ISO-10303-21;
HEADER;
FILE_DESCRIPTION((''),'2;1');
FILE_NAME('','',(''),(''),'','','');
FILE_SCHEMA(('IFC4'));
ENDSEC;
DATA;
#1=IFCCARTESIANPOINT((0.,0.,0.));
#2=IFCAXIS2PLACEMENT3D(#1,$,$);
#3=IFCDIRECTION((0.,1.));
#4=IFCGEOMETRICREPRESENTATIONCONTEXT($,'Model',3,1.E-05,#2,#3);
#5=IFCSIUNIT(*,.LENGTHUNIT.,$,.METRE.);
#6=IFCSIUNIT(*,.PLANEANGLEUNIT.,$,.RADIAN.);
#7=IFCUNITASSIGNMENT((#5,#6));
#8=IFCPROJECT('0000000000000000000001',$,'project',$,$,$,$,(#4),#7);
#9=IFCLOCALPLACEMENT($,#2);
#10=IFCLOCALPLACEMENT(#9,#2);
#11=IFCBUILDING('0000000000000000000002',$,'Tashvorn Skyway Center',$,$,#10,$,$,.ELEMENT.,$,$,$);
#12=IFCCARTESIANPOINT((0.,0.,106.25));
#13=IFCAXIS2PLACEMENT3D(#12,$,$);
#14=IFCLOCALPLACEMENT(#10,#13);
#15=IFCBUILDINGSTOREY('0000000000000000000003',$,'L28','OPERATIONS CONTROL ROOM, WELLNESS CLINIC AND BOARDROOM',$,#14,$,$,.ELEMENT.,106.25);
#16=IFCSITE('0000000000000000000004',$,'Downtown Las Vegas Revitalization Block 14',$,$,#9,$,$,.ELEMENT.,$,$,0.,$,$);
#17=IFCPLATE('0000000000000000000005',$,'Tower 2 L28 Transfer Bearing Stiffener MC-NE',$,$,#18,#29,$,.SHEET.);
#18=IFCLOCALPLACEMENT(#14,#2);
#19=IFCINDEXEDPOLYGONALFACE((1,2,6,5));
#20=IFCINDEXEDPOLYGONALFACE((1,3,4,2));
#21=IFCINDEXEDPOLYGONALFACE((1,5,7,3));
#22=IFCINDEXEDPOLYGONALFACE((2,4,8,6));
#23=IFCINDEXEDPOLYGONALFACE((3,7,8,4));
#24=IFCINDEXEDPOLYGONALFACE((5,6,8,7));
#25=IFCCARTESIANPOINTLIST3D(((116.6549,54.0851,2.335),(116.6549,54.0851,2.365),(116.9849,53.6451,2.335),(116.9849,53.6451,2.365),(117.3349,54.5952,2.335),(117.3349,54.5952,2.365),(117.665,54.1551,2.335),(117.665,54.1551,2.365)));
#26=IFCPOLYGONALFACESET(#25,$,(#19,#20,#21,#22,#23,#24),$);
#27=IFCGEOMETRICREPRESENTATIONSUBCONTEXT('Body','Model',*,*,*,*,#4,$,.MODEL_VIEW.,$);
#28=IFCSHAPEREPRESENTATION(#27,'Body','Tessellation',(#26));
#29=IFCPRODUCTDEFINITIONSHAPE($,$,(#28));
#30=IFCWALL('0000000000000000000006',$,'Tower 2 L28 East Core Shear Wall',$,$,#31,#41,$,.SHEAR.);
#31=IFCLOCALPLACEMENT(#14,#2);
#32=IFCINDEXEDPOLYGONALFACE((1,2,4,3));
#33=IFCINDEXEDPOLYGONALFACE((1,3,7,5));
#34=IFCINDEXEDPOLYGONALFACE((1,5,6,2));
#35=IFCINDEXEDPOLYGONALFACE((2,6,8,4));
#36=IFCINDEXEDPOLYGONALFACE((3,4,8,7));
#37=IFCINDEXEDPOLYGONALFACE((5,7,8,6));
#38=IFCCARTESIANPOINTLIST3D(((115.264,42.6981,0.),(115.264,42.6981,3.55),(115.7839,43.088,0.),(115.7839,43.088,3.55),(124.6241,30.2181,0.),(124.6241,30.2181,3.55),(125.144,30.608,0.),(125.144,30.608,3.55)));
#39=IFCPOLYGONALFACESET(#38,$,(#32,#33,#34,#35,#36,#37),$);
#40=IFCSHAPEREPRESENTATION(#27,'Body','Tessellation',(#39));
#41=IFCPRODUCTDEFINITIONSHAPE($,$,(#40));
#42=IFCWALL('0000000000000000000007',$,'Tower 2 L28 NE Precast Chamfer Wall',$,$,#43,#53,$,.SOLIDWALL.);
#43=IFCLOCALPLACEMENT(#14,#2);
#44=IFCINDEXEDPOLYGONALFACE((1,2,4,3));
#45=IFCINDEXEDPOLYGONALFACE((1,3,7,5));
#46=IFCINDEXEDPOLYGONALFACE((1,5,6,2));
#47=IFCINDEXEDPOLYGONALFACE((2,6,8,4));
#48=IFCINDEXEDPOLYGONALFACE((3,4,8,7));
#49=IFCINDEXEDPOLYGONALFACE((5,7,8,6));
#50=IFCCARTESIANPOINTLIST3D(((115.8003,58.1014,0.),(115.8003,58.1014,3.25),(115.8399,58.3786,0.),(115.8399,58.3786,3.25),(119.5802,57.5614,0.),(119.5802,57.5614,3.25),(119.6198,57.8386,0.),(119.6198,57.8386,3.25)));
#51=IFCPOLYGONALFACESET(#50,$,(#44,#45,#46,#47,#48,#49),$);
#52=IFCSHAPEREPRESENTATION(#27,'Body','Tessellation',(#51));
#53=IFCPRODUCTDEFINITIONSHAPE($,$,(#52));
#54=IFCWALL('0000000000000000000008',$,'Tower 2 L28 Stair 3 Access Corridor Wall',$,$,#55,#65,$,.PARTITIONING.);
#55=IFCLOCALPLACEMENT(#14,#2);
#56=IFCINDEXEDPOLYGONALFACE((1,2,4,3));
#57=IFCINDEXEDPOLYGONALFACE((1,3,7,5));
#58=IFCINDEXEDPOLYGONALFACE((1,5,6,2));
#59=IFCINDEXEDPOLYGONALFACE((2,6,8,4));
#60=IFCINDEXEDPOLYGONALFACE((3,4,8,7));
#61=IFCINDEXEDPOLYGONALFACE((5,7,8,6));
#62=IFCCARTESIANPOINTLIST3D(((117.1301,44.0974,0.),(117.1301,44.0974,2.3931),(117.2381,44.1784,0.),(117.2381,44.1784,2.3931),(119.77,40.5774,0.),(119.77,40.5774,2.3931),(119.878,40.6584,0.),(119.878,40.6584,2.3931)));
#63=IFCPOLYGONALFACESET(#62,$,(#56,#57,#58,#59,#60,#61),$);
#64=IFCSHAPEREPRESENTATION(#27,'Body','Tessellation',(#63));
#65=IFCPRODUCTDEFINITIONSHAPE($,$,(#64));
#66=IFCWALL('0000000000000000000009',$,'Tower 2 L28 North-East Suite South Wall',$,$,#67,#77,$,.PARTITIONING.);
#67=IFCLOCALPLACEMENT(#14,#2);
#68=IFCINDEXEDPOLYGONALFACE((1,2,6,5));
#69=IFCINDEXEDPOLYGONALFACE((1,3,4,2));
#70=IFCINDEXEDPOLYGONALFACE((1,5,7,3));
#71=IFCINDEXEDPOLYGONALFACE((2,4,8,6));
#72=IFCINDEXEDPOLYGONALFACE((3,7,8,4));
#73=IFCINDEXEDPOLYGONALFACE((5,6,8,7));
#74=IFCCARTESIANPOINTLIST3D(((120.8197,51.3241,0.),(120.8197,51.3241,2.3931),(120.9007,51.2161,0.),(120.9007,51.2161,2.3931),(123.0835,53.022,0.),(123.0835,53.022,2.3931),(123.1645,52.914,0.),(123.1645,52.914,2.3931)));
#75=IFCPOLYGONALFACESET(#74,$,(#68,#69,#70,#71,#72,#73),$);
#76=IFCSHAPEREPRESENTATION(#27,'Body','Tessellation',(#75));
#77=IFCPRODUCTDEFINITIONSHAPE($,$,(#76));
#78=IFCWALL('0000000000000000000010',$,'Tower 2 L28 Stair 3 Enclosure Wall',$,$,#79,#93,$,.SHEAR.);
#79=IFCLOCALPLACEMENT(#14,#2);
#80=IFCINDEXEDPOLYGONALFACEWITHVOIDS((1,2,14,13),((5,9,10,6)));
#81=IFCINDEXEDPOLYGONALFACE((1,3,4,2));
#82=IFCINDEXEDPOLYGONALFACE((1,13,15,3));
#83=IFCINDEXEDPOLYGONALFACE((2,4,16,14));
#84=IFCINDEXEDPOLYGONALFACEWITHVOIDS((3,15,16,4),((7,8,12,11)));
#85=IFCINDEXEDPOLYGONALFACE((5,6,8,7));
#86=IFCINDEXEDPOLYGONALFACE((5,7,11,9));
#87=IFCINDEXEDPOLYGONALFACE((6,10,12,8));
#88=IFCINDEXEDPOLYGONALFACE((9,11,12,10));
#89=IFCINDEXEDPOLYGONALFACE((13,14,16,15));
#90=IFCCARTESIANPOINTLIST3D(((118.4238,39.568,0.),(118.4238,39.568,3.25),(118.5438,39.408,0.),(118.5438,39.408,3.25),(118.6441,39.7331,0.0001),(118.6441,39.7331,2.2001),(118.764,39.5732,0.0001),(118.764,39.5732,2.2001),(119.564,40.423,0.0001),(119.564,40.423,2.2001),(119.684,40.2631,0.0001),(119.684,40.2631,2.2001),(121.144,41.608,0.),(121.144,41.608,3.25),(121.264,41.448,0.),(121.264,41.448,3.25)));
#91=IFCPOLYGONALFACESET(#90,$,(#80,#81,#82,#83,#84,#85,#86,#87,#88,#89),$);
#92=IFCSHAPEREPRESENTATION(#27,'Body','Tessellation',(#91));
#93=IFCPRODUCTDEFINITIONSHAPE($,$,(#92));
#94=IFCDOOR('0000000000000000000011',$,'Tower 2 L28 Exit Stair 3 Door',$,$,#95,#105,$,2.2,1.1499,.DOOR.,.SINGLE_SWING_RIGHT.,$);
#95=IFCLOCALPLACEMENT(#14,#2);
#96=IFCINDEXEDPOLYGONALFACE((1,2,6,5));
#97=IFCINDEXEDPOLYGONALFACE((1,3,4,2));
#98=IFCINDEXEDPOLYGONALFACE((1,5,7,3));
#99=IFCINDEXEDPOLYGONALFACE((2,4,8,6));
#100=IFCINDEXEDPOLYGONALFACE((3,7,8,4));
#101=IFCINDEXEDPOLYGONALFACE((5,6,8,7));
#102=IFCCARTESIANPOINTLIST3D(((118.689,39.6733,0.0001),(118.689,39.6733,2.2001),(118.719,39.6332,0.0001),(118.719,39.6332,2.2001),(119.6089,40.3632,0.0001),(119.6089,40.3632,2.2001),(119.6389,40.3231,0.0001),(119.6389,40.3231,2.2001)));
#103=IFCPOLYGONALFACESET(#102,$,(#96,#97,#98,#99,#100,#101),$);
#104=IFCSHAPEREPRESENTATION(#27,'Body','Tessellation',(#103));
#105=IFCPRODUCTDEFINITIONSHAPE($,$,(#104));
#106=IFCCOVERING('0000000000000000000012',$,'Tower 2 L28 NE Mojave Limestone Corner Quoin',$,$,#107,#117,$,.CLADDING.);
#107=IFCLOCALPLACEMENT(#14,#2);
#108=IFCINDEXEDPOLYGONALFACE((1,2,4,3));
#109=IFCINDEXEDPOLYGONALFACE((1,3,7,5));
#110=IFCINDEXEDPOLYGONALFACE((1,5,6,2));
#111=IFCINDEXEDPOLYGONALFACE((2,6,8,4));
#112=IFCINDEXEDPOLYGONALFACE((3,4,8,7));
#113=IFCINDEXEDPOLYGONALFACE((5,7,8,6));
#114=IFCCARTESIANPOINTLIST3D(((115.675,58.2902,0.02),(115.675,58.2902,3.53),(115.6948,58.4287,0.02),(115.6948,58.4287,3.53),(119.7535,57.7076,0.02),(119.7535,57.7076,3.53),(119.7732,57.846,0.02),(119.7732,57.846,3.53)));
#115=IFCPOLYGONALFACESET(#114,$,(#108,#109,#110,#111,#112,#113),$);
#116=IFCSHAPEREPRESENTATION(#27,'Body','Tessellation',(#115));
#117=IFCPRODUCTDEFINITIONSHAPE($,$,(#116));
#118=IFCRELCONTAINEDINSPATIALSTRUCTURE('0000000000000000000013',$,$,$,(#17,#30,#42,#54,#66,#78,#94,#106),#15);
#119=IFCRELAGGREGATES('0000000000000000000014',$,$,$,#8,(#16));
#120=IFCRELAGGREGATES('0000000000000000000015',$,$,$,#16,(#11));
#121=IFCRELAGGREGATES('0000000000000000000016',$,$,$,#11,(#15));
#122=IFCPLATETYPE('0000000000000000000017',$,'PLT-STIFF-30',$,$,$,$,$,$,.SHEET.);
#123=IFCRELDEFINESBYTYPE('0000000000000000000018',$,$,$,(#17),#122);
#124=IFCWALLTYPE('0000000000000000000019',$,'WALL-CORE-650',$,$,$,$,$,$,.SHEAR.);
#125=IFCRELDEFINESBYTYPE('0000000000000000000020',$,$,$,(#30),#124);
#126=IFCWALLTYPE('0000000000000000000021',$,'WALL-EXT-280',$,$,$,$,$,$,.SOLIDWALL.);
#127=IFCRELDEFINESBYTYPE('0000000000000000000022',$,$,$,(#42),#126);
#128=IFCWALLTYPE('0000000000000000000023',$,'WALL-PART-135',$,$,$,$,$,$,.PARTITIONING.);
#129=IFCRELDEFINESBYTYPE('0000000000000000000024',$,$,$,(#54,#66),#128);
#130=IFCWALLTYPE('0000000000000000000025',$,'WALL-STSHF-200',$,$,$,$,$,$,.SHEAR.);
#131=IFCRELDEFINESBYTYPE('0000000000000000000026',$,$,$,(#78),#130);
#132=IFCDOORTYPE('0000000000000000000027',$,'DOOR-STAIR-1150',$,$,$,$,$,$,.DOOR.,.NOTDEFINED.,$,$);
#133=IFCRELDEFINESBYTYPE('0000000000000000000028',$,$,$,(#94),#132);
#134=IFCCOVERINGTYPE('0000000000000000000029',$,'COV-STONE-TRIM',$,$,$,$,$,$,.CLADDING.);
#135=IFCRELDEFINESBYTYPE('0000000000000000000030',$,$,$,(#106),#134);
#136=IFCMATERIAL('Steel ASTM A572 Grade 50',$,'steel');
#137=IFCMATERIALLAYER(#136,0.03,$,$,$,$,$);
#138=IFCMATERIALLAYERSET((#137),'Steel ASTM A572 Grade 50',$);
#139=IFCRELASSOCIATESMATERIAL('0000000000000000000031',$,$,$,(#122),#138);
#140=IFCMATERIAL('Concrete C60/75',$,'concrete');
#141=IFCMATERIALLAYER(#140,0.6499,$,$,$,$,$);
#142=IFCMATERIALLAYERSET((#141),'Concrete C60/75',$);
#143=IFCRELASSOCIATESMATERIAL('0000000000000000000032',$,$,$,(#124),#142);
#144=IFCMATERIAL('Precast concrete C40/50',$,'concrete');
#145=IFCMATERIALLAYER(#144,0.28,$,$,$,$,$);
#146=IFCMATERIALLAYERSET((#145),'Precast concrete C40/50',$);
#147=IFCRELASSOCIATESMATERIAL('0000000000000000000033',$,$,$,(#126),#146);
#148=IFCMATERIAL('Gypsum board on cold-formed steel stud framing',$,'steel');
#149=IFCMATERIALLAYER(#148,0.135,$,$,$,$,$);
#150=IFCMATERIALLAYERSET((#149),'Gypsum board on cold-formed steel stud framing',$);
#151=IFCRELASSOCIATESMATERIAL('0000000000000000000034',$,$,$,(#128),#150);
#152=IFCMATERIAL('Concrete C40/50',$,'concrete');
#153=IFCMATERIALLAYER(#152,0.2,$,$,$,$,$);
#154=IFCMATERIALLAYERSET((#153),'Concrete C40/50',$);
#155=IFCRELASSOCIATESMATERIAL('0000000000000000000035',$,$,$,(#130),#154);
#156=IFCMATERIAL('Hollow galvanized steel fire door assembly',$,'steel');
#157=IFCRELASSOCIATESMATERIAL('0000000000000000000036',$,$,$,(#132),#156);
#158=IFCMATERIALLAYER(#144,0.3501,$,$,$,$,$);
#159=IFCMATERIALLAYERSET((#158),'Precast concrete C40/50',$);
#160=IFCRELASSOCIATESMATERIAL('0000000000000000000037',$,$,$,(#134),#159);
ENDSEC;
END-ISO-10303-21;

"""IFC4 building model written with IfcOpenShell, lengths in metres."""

from ifc_helpers import new_model, si_unit, direction, frame, frame_2d, origin, origin_2d, place, context, subcontext, project, spatial, rectangle, extrude, material, layer, layer_set, type_object, element, fill, save


model = new_model("IFC4")

# Units and contexts
model_context = context("Model", 3, precision=1e-05, world=origin(), true_north=direction((0.0, 1.0)))
body_context = subcontext(model_context, "Body", "Model", "MODEL_VIEW")
ifc_project = project(units=[si_unit("LENGTHUNIT", "METRE"), si_unit("PLANEANGLEUNIT", "RADIAN")], contexts=[model_context])

# Site, building, storey
site_placement = place(None, origin())
site = spatial("IfcSite", under=ifc_project, at=site_placement, Name="Downtown Las Vegas Revitalization Block 14", CompositionType="ELEMENT", RefElevation=0.0)
building_placement = place(site_placement, origin())
building = spatial("IfcBuilding", under=site, at=building_placement, Name="Tashvorn Skyway Center", CompositionType="ELEMENT")
storey_placement = place(building_placement, frame((0.0, 0.0, 106.25)))
storey = spatial("IfcBuildingStorey", under=building, at=storey_placement, Name="L28", Description="OPERATIONS CONTROL ROOM, WELLNESS CLINIC AND BOARDROOM", CompositionType="ELEMENT", Elevation=106.25)

# Shared definitions
ifc_material_1 = material(Name="Steel ASTM A572 Grade 50", Category="steel")

# Plate
ifc_layer_1 = layer(ifc_material_1, 0.03)
ifc_layer_set_1 = layer_set([ifc_layer_1], Name="Steel ASTM A572 Grade 50")
plate_type_1 = type_object("IfcPlateType", Name="PLT-STIFF-30", PredefinedType="SHEET", material=ifc_layer_set_1)
plate_1_placement = place(storey_placement, frame((117.1599, 54.1201, 2.335), z_axis=(0.0, 0.0, 1.0), x_axis=(0.8, 0.6, 0.0)))
element("IfcPlate", 1, at=plate_1_placement, inside=storey, type_object=plate_type_1, Name="Tower 2 L28 Transfer Bearing Stiffener MC-NE", PredefinedType="SHEET", context=body_context, shape_type="SweptSolid", body=[
    extrude(rectangle(XDim=0.8501, YDim=0.55, at=origin_2d()), origin(), (0.0, 0.0, 1.0), 0.03),
])

# Walls
ifc_material_2 = material(Name="Concrete C60/75", Category="concrete")
ifc_layer_2 = layer(ifc_material_2, 0.6499)
ifc_layer_set_2 = layer_set([ifc_layer_2], Name="Concrete C60/75")
wall_type_1 = type_object("IfcWallType", Name="WALL-CORE-650", PredefinedType="SHEAR", material=ifc_layer_set_2)
wall_1_placement = place(storey_placement, frame((115.5239, 42.8931, 0.0), z_axis=(0.0, 0.0, 1.0), x_axis=(0.600005, -0.799996, 0.0)))
element("IfcWall", 2, at=wall_1_placement, inside=storey, type_object=wall_type_1, Name="Tower 2 L28 East Core Shear Wall", PredefinedType="SHEAR", context=body_context, shape_type="SweptSolid", body=[
    extrude(rectangle(XDim=15.6001, YDim=0.6499, at=frame_2d((7.8, 0.0))), origin(), (0.0, 0.0, 1.0), 3.55),
])
ifc_material_3 = material(Name="Precast concrete C40/50", Category="concrete")
ifc_layer_3 = layer(ifc_material_3, 0.28)
ifc_layer_set_3 = layer_set([ifc_layer_3], Name="Precast concrete C40/50")
wall_type_2 = type_object("IfcWallType", Name="WALL-EXT-280", PredefinedType="SOLIDWALL", material=ifc_layer_set_3)
wall_2_placement = place(storey_placement, frame((115.8201, 58.24, 0.0), z_axis=(0.0, 0.0, 1.0), x_axis=(0.989948, -0.14143, 0.0)))
element("IfcWall", 3, at=wall_2_placement, inside=storey, type_object=wall_type_2, Name="Tower 2 L28 NE Precast Chamfer Wall", PredefinedType="SOLIDWALL", context=body_context, shape_type="SweptSolid", body=[
    extrude(rectangle(XDim=3.8184, YDim=0.28, at=frame_2d((1.9092, 0.0))), origin(), (0.0, 0.0, 1.0), 3.25),
])
ifc_material_4 = material(Name="Gypsum board on cold-formed steel stud framing", Category="steel")
ifc_layer_4 = layer(ifc_material_4, 0.135)
ifc_layer_set_4 = layer_set([ifc_layer_4], Name="Gypsum board on cold-formed steel stud framing")
wall_type_3 = type_object("IfcWallType", Name="WALL-PART-135", PredefinedType="PARTITIONING", material=ifc_layer_set_4)
wall_3_placement = place(storey_placement, frame((119.824, 40.6179, 0.0), z_axis=(0.0, 0.0, 1.0), x_axis=(-0.599982, 0.800013, 0.0)))
element("IfcWall", 4, at=wall_3_placement, inside=storey, type_object=wall_type_3, Name="Tower 2 L28 Stair 3 Access Corridor Wall", PredefinedType="PARTITIONING", context=body_context, shape_type="SweptSolid", body=[
    extrude(rectangle(XDim=4.3999, YDim=0.135, at=frame_2d((2.2, 0.0))), origin(), (0.0, 0.0, 1.0), 2.3931),
])
wall_4_placement = place(storey_placement, frame((120.8601, 51.27, 0.0), z_axis=(0.0, 0.0, 1.0), x_axis=(0.79999, 0.600014, 0.0)))
element("IfcWall", 5, at=wall_4_placement, inside=storey, type_object=wall_type_3, Name="Tower 2 L28 North-East Suite South Wall", PredefinedType="PARTITIONING", context=body_context, shape_type="SweptSolid", body=[
    extrude(rectangle(XDim=2.8298, YDim=0.135, at=frame_2d((1.415, 0.0))), origin(), (0.0, 0.0, 1.0), 2.3931),
])

# Wall, opening, door
ifc_material_5 = material(Name="Concrete C40/50", Category="concrete")
ifc_layer_5 = layer(ifc_material_5, 0.2)
ifc_layer_set_5 = layer_set([ifc_layer_5], Name="Concrete C40/50")
wall_type_4 = type_object("IfcWallType", Name="WALL-STSHF-200", PredefinedType="SHEAR", material=ifc_layer_set_5)
wall_5_placement = place(storey_placement, frame((121.2041, 41.5281, 0.0), z_axis=(0.0, 0.0, 1.0), x_axis=(-0.800017, -0.599977, 0.0)))
wall_5 = element("IfcWall", 6, at=wall_5_placement, inside=storey, type_object=wall_type_4, Name="Tower 2 L28 Stair 3 Enclosure Wall", PredefinedType="SHEAR", context=body_context, shape_type="SweptSolid", body=[
    extrude(rectangle(XDim=3.4001, YDim=0.2, at=frame_2d((1.7002, 0.0))), origin(), (0.0, 0.0, 1.0), 3.25),
])
opening_placement = place(wall_5_placement, frame((1.9751, 0.0, 0.0)))
opening = element("IfcOpeningElement", 7, at=opening_placement, cuts=wall_5, PredefinedType="OPENING", context=body_context, shape_type="SweptSolid", body=[
    extrude(rectangle(XDim=1.1499, YDim=2.2, at=frame_2d((0.575, 1.1001))), frame((0.0, 0.1099, 0.0), z_axis=(0.0, -1.0, 0.0), x_axis=(1.0, 0.0, 0.0)), (0.0, 0.0, 1.0), 0.22),
])
ifc_material_6 = material(Name="Hollow galvanized steel fire door assembly", Category="steel")
door_type = type_object("IfcDoorType", Name="DOOR-STAIR-1150", OperationType="NOTDEFINED", PredefinedType="DOOR", material=ifc_material_6)
door_placement = place(opening_placement, origin())
door = element("IfcDoor", 8, at=door_placement, inside=storey, type_object=door_type, Name="Tower 2 L28 Exit Stair 3 Door", OperationType="SINGLE_SWING_RIGHT", OverallHeight=2.2, OverallWidth=1.1499, PredefinedType="DOOR", context=body_context, shape_type="SweptSolid", body=[
    extrude(rectangle(XDim=1.1499, YDim=2.2, at=frame_2d((0.575, 1.1001))), frame((0.0, 0.0249, 0.0), z_axis=(0.0, -1.0, 0.0), x_axis=(1.0, 0.0, 0.0)), (0.0, 0.0, 1.0), 0.05),
])
fill(opening, door)

# Covering
ifc_layer_6 = layer(ifc_material_3, 0.3501)
ifc_layer_set_6 = layer_set([ifc_layer_6], Name="Precast concrete C40/50")
covering_type = type_object("IfcCoveringType", Name="COV-STONE-TRIM", PredefinedType="CLADDING", material=ifc_layer_set_6)
covering_placement = place(storey_placement, frame((117.7241, 58.0681, 0.02), z_axis=(0.0, 0.0, 1.0), x_axis=(0.989949, -0.141421, 0.0)))
element("IfcCovering", 9, at=covering_placement, inside=storey, type_object=covering_type, Name="Tower 2 L28 NE Mojave Limestone Corner Quoin", PredefinedType="CLADDING", context=body_context, shape_type="SweptSolid", body=[
    extrude(rectangle(XDim=4.1199, YDim=0.1399, at=origin_2d()), origin(), (0.0, 0.0, 1.0), 3.51),
])

save(model, "model.ifc")
